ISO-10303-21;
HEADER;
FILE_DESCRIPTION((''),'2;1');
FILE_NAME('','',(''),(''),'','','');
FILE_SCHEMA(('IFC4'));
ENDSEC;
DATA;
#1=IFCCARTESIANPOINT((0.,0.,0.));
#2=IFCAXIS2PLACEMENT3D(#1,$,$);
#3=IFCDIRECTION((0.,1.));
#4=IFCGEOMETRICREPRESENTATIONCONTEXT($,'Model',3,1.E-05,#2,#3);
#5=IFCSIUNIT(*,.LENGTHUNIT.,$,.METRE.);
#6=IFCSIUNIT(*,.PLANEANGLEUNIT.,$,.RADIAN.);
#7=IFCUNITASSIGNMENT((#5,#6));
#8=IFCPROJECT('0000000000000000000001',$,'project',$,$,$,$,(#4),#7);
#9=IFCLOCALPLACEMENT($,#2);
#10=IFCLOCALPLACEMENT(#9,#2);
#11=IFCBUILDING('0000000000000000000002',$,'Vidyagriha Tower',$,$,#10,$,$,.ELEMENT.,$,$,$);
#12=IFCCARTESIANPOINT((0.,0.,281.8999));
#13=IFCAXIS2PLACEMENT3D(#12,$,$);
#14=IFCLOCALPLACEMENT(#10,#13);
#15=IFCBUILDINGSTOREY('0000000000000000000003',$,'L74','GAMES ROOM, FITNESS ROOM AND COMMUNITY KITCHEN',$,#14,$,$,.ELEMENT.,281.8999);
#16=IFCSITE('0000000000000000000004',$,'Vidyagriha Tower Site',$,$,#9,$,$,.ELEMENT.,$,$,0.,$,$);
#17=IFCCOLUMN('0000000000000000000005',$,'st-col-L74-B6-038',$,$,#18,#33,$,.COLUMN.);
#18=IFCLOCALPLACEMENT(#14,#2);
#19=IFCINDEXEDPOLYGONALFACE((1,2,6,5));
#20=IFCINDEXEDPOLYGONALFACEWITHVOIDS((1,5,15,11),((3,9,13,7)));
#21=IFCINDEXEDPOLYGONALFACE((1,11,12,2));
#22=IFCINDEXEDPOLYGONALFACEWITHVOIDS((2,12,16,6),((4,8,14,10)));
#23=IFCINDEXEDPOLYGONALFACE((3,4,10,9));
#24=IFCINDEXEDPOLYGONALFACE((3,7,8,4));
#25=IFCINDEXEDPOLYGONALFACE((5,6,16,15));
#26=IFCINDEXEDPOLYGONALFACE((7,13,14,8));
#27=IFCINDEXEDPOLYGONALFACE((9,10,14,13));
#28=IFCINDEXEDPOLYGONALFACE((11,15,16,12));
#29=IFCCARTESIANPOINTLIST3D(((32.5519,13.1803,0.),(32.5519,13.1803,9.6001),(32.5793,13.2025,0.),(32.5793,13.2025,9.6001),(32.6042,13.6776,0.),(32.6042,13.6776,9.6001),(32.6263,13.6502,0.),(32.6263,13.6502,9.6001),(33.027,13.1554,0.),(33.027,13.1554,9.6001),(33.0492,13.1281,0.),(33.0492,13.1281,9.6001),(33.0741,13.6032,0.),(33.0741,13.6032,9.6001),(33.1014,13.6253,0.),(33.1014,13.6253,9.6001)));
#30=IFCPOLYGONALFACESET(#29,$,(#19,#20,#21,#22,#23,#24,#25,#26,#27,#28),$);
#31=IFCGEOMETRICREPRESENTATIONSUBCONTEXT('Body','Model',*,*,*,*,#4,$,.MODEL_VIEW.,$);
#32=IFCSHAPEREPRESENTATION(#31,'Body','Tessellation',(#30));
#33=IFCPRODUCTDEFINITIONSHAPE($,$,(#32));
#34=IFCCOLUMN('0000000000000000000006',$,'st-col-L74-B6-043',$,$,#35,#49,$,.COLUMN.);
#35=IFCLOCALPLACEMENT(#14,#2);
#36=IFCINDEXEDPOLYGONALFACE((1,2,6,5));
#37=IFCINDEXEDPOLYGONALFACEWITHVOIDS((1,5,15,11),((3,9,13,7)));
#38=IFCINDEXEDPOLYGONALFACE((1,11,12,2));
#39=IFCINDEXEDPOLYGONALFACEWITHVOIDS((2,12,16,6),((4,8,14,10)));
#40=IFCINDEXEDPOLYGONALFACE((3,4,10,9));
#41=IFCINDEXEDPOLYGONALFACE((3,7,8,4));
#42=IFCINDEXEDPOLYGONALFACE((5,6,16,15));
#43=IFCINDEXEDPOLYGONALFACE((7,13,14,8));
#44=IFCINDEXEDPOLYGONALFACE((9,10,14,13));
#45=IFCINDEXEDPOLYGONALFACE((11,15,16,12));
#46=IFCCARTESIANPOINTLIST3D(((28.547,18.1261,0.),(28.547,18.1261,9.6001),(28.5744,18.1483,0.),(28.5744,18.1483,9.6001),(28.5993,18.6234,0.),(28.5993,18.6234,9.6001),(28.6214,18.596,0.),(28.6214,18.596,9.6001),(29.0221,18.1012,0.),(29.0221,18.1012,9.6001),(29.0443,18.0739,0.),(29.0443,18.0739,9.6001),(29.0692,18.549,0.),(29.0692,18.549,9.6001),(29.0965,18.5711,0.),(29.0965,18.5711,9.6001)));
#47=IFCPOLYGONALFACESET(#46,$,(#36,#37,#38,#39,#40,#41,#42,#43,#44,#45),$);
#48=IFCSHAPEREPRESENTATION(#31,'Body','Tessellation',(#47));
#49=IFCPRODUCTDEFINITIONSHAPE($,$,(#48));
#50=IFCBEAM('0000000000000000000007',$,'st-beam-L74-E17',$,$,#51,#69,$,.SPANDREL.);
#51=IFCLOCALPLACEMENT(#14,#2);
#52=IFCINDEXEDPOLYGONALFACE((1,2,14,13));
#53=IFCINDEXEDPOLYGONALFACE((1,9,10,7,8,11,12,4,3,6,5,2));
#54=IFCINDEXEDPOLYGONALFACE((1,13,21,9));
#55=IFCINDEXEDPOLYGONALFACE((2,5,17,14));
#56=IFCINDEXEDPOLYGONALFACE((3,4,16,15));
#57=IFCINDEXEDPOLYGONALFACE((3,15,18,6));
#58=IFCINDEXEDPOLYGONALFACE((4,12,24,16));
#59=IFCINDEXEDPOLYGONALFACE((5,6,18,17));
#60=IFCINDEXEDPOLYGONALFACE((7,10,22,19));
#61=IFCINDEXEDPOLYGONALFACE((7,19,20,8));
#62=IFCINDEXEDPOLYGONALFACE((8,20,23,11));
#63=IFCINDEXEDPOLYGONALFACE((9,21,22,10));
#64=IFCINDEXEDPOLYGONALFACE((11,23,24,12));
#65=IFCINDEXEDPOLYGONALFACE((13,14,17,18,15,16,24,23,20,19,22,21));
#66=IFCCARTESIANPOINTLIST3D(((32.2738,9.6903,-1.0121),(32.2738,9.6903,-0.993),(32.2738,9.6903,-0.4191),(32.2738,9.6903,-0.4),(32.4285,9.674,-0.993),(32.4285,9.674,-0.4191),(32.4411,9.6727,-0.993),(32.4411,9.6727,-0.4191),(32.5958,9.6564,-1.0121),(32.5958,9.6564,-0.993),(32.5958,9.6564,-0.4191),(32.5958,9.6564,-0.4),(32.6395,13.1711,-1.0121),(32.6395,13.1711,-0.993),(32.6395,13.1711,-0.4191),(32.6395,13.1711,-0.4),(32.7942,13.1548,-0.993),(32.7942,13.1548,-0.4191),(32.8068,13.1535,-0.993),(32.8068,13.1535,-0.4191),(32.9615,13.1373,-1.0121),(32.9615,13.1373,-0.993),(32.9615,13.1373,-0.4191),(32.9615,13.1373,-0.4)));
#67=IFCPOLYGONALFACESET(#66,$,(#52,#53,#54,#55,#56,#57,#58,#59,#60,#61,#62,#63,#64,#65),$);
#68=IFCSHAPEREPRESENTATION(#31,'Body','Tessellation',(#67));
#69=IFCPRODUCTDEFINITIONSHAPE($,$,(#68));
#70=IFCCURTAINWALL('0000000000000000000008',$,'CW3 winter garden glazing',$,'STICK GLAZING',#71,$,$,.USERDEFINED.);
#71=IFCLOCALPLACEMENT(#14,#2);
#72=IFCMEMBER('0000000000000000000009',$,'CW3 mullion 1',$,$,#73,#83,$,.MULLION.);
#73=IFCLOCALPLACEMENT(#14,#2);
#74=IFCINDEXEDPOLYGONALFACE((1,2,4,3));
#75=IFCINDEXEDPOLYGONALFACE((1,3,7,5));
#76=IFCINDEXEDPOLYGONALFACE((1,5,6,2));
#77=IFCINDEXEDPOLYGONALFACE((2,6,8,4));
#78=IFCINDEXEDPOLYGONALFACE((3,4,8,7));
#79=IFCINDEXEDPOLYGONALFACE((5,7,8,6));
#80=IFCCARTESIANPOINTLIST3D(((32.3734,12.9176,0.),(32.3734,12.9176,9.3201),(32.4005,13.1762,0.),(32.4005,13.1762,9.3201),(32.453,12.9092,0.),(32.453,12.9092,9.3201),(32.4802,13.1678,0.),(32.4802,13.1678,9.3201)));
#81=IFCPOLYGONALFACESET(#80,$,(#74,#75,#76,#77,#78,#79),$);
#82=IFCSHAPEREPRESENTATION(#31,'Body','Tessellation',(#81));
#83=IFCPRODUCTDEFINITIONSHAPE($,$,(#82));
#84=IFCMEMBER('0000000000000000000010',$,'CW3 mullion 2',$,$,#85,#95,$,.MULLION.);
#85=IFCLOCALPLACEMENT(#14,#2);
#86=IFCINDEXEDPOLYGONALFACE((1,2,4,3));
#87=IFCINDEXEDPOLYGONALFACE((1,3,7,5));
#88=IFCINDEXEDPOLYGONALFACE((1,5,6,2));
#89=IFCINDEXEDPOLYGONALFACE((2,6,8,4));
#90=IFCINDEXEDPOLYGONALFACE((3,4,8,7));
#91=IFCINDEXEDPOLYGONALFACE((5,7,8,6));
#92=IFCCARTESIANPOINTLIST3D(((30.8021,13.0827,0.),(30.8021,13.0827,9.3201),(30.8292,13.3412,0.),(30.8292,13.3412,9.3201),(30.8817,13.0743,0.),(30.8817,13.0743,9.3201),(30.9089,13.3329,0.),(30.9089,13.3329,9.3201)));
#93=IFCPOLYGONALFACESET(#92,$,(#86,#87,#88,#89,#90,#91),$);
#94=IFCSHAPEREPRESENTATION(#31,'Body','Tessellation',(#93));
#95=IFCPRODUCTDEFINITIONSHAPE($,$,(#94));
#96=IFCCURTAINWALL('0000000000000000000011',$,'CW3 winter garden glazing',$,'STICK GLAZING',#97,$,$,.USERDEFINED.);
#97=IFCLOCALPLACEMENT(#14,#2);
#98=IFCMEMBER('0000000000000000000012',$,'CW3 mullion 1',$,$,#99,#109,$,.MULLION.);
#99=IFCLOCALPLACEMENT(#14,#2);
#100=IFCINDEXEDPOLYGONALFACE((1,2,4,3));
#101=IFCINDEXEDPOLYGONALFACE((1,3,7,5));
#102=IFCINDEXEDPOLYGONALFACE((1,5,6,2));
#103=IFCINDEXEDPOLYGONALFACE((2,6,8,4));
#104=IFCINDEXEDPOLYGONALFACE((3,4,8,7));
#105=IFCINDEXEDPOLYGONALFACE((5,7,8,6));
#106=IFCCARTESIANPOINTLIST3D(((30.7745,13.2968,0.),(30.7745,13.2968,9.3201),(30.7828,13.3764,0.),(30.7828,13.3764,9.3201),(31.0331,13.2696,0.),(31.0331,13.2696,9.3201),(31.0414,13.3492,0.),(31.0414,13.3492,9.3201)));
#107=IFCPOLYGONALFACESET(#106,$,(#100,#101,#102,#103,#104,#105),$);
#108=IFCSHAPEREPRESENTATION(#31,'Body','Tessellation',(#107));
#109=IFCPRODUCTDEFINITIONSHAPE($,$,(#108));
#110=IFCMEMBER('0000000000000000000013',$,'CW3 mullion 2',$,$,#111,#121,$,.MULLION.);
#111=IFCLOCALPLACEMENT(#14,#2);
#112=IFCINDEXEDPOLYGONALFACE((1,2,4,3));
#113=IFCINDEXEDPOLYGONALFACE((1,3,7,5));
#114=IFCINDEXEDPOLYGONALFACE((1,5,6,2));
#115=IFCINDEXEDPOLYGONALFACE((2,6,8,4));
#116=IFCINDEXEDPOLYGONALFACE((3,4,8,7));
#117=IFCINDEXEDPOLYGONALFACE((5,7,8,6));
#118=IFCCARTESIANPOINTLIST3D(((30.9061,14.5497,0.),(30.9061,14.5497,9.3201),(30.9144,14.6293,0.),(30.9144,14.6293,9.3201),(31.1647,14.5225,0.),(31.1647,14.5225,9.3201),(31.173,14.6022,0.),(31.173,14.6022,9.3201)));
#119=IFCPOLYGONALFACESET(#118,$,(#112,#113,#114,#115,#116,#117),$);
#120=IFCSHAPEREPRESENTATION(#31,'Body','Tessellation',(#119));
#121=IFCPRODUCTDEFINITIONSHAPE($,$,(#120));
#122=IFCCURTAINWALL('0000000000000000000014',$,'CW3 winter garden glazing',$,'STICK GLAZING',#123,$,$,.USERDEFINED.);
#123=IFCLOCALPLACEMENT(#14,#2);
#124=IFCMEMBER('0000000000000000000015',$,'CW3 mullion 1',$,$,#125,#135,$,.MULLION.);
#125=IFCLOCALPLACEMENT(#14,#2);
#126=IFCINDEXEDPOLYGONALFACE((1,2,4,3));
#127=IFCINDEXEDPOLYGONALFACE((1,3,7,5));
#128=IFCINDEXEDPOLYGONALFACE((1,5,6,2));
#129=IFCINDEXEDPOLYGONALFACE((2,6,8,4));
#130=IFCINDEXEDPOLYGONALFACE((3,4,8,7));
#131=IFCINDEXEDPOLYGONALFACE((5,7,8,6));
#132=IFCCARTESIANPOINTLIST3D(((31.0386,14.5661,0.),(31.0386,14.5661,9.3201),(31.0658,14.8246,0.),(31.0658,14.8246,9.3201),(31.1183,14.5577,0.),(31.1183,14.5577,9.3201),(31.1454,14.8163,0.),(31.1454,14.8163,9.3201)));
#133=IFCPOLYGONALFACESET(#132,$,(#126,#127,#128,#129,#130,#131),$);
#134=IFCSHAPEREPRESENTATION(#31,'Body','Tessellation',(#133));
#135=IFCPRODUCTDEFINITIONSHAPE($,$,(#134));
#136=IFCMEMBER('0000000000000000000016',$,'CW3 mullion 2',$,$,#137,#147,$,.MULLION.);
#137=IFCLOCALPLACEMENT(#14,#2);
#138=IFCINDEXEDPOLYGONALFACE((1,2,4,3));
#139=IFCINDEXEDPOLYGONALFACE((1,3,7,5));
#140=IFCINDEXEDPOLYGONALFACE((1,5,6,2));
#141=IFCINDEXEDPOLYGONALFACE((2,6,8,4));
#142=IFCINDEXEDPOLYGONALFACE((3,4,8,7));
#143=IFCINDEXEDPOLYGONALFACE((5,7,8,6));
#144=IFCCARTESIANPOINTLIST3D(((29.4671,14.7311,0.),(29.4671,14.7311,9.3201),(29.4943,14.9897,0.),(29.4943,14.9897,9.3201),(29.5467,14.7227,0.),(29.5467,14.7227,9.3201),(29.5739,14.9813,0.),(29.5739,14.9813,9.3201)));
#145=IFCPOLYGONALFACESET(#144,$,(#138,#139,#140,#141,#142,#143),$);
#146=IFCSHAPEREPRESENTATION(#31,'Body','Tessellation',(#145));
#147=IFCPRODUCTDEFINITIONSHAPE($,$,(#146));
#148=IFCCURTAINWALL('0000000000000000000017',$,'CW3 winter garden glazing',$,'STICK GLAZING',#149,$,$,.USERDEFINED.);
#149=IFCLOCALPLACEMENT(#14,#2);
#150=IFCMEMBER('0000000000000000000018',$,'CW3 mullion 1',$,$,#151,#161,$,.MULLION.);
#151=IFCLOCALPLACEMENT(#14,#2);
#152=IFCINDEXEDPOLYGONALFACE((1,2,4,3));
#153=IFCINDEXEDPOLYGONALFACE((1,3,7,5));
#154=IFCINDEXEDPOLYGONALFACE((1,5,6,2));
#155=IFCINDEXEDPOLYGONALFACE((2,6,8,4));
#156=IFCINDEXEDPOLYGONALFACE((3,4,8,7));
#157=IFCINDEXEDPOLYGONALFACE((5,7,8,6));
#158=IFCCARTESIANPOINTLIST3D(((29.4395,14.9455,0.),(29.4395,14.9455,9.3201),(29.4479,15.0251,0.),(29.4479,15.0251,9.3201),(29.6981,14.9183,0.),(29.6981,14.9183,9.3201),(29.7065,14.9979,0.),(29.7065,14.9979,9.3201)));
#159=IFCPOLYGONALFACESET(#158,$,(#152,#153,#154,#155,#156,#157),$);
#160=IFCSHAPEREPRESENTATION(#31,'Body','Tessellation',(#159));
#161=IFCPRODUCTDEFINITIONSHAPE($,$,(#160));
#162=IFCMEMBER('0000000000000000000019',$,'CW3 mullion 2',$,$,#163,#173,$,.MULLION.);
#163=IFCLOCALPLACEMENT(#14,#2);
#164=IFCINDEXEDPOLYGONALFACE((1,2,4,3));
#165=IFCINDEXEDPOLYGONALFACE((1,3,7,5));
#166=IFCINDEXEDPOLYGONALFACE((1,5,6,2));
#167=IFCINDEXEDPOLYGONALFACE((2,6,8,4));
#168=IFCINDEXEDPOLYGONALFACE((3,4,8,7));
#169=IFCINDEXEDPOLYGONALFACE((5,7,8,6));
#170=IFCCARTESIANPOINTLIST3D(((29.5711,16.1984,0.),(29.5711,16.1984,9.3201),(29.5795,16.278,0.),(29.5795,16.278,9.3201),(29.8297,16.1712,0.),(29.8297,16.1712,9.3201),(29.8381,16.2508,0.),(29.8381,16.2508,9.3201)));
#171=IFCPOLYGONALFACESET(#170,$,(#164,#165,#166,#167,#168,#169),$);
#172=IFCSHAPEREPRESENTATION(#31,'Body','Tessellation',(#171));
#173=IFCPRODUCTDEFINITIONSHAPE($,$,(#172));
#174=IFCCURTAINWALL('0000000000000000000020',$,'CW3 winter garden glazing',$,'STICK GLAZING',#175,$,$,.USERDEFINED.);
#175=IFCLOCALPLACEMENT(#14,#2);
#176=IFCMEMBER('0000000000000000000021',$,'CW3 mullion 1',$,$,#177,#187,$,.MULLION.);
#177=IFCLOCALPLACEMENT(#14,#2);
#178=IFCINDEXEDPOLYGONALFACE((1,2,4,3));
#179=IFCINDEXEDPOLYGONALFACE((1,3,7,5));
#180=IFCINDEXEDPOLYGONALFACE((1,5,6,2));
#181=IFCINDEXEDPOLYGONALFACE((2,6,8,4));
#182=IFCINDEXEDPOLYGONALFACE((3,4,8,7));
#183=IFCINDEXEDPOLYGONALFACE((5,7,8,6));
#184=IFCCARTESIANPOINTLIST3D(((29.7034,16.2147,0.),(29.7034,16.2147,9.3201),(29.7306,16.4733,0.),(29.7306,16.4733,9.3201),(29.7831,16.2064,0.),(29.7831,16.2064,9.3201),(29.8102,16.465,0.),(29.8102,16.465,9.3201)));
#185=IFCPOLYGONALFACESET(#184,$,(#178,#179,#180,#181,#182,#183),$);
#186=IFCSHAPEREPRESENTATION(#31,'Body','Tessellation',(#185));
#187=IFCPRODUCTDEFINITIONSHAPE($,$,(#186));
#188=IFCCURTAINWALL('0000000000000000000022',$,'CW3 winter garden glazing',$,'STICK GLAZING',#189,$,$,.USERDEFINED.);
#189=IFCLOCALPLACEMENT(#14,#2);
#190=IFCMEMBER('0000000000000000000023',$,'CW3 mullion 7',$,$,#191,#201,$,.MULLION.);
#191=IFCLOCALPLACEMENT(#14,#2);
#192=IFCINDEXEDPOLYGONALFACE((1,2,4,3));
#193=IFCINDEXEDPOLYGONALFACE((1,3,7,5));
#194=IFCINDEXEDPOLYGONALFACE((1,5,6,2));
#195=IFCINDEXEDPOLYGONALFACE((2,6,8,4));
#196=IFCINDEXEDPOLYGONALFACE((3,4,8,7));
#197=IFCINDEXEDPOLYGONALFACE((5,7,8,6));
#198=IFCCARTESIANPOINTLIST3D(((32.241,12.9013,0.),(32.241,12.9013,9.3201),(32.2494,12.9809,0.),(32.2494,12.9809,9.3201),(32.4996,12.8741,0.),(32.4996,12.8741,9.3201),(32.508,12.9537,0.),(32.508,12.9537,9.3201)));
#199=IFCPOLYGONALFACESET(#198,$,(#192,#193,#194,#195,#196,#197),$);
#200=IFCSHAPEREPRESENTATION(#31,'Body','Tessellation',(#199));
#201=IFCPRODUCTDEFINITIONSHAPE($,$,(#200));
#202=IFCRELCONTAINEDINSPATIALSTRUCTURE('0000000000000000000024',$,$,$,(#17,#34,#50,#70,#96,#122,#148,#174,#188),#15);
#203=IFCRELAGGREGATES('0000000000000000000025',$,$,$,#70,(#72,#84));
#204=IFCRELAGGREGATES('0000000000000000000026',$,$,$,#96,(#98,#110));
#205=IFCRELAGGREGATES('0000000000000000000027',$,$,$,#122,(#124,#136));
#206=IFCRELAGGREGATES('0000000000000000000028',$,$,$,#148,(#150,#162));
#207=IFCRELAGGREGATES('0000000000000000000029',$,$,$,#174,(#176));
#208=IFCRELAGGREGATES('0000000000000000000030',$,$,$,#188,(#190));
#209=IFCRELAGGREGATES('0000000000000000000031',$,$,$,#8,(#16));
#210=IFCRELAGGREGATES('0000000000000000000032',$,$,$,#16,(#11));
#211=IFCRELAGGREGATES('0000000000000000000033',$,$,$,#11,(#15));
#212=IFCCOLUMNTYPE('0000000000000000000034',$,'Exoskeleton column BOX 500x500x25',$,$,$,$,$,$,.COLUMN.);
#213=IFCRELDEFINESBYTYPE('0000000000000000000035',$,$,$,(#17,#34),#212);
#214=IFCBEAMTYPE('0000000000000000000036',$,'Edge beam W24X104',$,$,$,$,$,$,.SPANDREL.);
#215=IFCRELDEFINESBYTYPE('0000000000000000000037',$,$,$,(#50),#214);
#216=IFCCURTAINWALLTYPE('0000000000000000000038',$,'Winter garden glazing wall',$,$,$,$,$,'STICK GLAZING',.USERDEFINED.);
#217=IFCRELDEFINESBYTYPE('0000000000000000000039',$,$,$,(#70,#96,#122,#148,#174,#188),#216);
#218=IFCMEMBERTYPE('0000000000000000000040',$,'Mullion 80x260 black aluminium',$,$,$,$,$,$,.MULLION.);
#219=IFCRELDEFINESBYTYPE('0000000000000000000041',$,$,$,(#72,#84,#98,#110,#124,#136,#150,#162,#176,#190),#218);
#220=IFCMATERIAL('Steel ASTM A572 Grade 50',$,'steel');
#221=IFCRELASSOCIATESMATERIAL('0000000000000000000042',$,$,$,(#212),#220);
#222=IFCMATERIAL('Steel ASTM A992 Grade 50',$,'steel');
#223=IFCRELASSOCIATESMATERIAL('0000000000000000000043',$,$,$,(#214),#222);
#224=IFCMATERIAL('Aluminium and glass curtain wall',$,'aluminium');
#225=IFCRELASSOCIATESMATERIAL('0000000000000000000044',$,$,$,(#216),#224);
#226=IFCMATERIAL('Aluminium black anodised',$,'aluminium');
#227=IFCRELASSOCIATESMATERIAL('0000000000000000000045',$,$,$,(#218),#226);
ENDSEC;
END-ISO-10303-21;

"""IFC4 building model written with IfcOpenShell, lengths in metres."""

from ifc_helpers import new_model, si_unit, direction, frame, origin, origin_2d, place, context, subcontext, project, spatial, rectangle, hollow_rectangle, i_section, extrude, material, material_profile, profile_set, type_object, element, aggregate, save


model = new_model("IFC4")

# Units and contexts
model_context = context("Model", 3, precision=1e-05, world=origin(), true_north=direction((0.0, 1.0)))
body_context = subcontext(model_context, "Body", "Model", "MODEL_VIEW")
ifc_project = project(units=[si_unit("LENGTHUNIT", "METRE"), si_unit("PLANEANGLEUNIT", "RADIAN")], contexts=[model_context])

# Site, building, storey
site_placement = place(None, origin())
site = spatial("IfcSite", under=ifc_project, at=site_placement, Name="Vidyagriha Tower Site", CompositionType="ELEMENT", RefElevation=0.0)
building_placement = place(site_placement, origin())
building = spatial("IfcBuilding", under=site, at=building_placement, Name="Vidyagriha Tower", CompositionType="ELEMENT")
storey_placement = place(building_placement, frame((0.0, 0.0, 281.8999)))
storey = spatial("IfcBuildingStorey", under=building, at=storey_placement, Name="L74", Description="GAMES ROOM, FITNESS ROOM AND COMMUNITY KITCHEN", CompositionType="ELEMENT", Elevation=281.8999)

# Columns
ifc_material_1 = material(Name="Steel ASTM A572 Grade 50", Category="steel")
ifc_material_profile_1 = material_profile(ifc_material_1, hollow_rectangle(XDim=0.5, YDim=0.5, WallThickness=0.0249, at=origin_2d()), Name="BOX 500x500x25")
ifc_profile_set_1 = profile_set([ifc_material_profile_1], Name="Steel ASTM A572 Grade 50")
column_type = type_object("IfcColumnType", Name="Exoskeleton column BOX 500x500x25", PredefinedType="COLUMN", material=ifc_profile_set_1)
for number, where, z_axis, x_axis, name in (
    (1, (32.8267, 13.4028, 0.0), (0.0, 0.0, 1.0), (0.994522, -0.104528, 0.0), "st-col-L74-B6-038"),
    (2, (28.8218, 18.3486, 0.0), (0.0, 0.0, 1.0), (0.994522, -0.104528, 0.0), "st-col-L74-B6-043"),
):
    element("IfcColumn", number, at=place(storey_placement, frame(where, z_axis=z_axis, x_axis=x_axis)), inside=storey, type_object=column_type, Name=name, PredefinedType="COLUMN", context=body_context, shape_type="SweptSolid", body=[
        extrude(hollow_rectangle(XDim=0.5, YDim=0.5, WallThickness=0.0249, at=origin_2d()), origin(), (0.0, 0.0, 1.0), 9.6001),
    ])

# Beam
ifc_material_2 = material(Name="Steel ASTM A992 Grade 50", Category="steel")
ifc_material_profile_2 = material_profile(ifc_material_2, i_section(OverallWidth=0.3237, OverallDepth=0.6121, WebThickness=0.0127, FlangeThickness=0.019, at=origin_2d()), Name="W24X104")
ifc_profile_set_2 = profile_set([ifc_material_profile_2], Name="Steel ASTM A992 Grade 50")
beam_type = type_object("IfcBeamType", Name="Edge beam W24X104", PredefinedType="SPANDREL", material=ifc_profile_set_2)
beam_placement = place(storey_placement, frame((32.4348, 9.6733, -0.7061), z_axis=(0.104489, 0.994526, 0.0), x_axis=(-0.994526, 0.104489, 0.0)))
element("IfcBeam", 3, at=beam_placement, inside=storey, type_object=beam_type, Name="st-beam-L74-E17", PredefinedType="SPANDREL", context=body_context, shape_type="SweptSolid", body=[
    extrude(i_section(OverallWidth=0.3237, OverallDepth=0.6121, WebThickness=0.0127, FlangeThickness=0.019, at=origin_2d()), origin(), (0.0, 0.0, 1.0), 3.5),
])

# Curtain walls, members
ifc_material_3 = material(Name="Aluminium and glass curtain wall", Category="aluminium")
curtain_wall_type = type_object("IfcCurtainWallType", Name="Winter garden glazing wall", ElementType="STICK GLAZING", PredefinedType="USERDEFINED", material=ifc_material_3)
curtain_wall_1_placement = place(storey_placement, origin())
curtain_wall_1 = element("IfcCurtainWall", 4, at=curtain_wall_1_placement, inside=storey, type_object=curtain_wall_type, Name="CW3 winter garden glazing", ObjectType="STICK GLAZING", PredefinedType="USERDEFINED")
ifc_material_4 = material(Name="Aluminium black anodised", Category="aluminium")
ifc_material_profile_3 = material_profile(ifc_material_4, rectangle(XDim=0.26, YDim=0.0801, at=origin_2d()), Name="Mullion 80x260 black aluminium")
ifc_profile_set_3 = profile_set([ifc_material_profile_3], Name="Aluminium black anodised")
member_type_1 = type_object("IfcMemberType", Name="Mullion 80x260 black aluminium", PredefinedType="MULLION", material=ifc_profile_set_3)
member_1_placement = place(storey_placement, frame((32.4268, 13.0427, 0.0), z_axis=(0.0, 0.0, 1.0), x_axis=(-0.104465, -0.994529, 0.0)))
member_1 = element("IfcMember", 5, at=member_1_placement, type_object=member_type_1, Name="CW3 mullion 1", PredefinedType="MULLION", context=body_context, shape_type="SweptSolid", body=[
    extrude(rectangle(XDim=0.26, YDim=0.0801, at=origin_2d()), origin(), (0.0, 0.0, 1.0), 9.3201),
])
member_2_placement = place(storey_placement, frame((30.8555, 13.2078, 0.0), z_axis=(0.0, 0.0, 1.0), x_axis=(-0.104465, -0.994529, 0.0)))
member_2 = element("IfcMember", 6, at=member_2_placement, type_object=member_type_1, Name="CW3 mullion 2", PredefinedType="MULLION", context=body_context, shape_type="SweptSolid", body=[
    extrude(rectangle(XDim=0.26, YDim=0.0801, at=origin_2d()), origin(), (0.0, 0.0, 1.0), 9.3201),
])
curtain_wall_2_placement = place(storey_placement, origin())
curtain_wall_2 = element("IfcCurtainWall", 7, at=curtain_wall_2_placement, inside=storey, type_object=curtain_wall_type, Name="CW3 winter garden glazing", ObjectType="STICK GLAZING", PredefinedType="USERDEFINED")
member_3_placement = place(storey_placement, frame((30.908, 13.323, 0.0), z_axis=(0.0, 0.0, 1.0), x_axis=(-0.994528, 0.104475, 0.0)))
member_3 = element("IfcMember", 8, at=member_3_placement, type_object=member_type_1, Name="CW3 mullion 1", PredefinedType="MULLION", context=body_context, shape_type="SweptSolid", body=[
    extrude(rectangle(XDim=0.26, YDim=0.0801, at=origin_2d()), origin(), (0.0, 0.0, 1.0), 9.3201),
])
member_4_placement = place(storey_placement, frame((31.0396, 14.5759, 0.0), z_axis=(0.0, 0.0, 1.0), x_axis=(-0.994528, 0.104475, 0.0)))
member_4 = element("IfcMember", 9, at=member_4_placement, type_object=member_type_1, Name="CW3 mullion 2", PredefinedType="MULLION", context=body_context, shape_type="SweptSolid", body=[
    extrude(rectangle(XDim=0.26, YDim=0.0801, at=origin_2d()), origin(), (0.0, 0.0, 1.0), 9.3201),
])
curtain_wall_3_placement = place(storey_placement, origin())
curtain_wall_3 = element("IfcCurtainWall", 10, at=curtain_wall_3_placement, inside=storey, type_object=curtain_wall_type, Name="CW3 winter garden glazing", ObjectType="STICK GLAZING", PredefinedType="USERDEFINED")
member_5_placement = place(storey_placement, frame((31.092, 14.6912, 0.0), z_axis=(0.0, 0.0, 1.0), x_axis=(-0.104519, -0.994523, 0.0)))
member_5 = element("IfcMember", 11, at=member_5_placement, type_object=member_type_1, Name="CW3 mullion 1", PredefinedType="MULLION", context=body_context, shape_type="SweptSolid", body=[
    extrude(rectangle(XDim=0.26, YDim=0.0801, at=origin_2d()), origin(), (0.0, 0.0, 1.0), 9.3201),
])
member_6_placement = place(storey_placement, frame((29.5205, 14.8562, 0.0), z_axis=(0.0, 0.0, 1.0), x_axis=(-0.104519, -0.994523, 0.0)))
member_6 = element("IfcMember", 12, at=member_6_placement, type_object=member_type_1, Name="CW3 mullion 2", PredefinedType="MULLION", context=body_context, shape_type="SweptSolid", body=[
    extrude(rectangle(XDim=0.26, YDim=0.0801, at=origin_2d()), origin(), (0.0, 0.0, 1.0), 9.3201),
])
curtain_wall_4_placement = place(storey_placement, origin())
curtain_wall_4 = element("IfcCurtainWall", 13, at=curtain_wall_4_placement, inside=storey, type_object=curtain_wall_type, Name="CW3 winter garden glazing", ObjectType="STICK GLAZING", PredefinedType="USERDEFINED")
member_7_placement = place(storey_placement, frame((29.573, 14.9717, 0.0), z_axis=(0.0, 0.0, 1.0), x_axis=(-0.994519, 0.104557, 0.0)))
member_7 = element("IfcMember", 14, at=member_7_placement, type_object=member_type_1, Name="CW3 mullion 1", PredefinedType="MULLION", context=body_context, shape_type="SweptSolid", body=[
    extrude(rectangle(XDim=0.26, YDim=0.0801, at=origin_2d()), origin(), (0.0, 0.0, 1.0), 9.3201),
])
member_8_placement = place(storey_placement, frame((29.7046, 16.2246, 0.0), z_axis=(0.0, 0.0, 1.0), x_axis=(-0.994519, 0.104557, 0.0)))
member_8 = element("IfcMember", 15, at=member_8_placement, type_object=member_type_1, Name="CW3 mullion 2", PredefinedType="MULLION", context=body_context, shape_type="SweptSolid", body=[
    extrude(rectangle(XDim=0.26, YDim=0.0801, at=origin_2d()), origin(), (0.0, 0.0, 1.0), 9.3201),
])

# Curtain walls, members
curtain_wall_5_placement = place(storey_placement, origin())
curtain_wall_5 = element("IfcCurtainWall", 16, at=curtain_wall_5_placement, inside=storey, type_object=curtain_wall_type, Name="CW3 winter garden glazing", ObjectType="STICK GLAZING", PredefinedType="USERDEFINED")
member_9_placement = place(storey_placement, frame((29.7568, 16.3398, 0.0), z_axis=(0.0, 0.0, 1.0), x_axis=(-0.104519, -0.994523, 0.0)))
member_9 = element("IfcMember", 17, at=member_9_placement, type_object=member_type_1, Name="CW3 mullion 1", PredefinedType="MULLION", context=body_context, shape_type="SweptSolid", body=[
    extrude(rectangle(XDim=0.26, YDim=0.0801, at=origin_2d()), origin(), (0.0, 0.0, 1.0), 9.3201),
])
curtain_wall_6_placement = place(storey_placement, origin())
curtain_wall_6 = element("IfcCurtainWall", 18, at=curtain_wall_6_placement, inside=storey, type_object=curtain_wall_type, Name="CW3 winter garden glazing", ObjectType="STICK GLAZING", PredefinedType="USERDEFINED")
member_10_placement = place(storey_placement, frame((32.3745, 12.9275, 0.0), z_axis=(0.0, 0.0, 1.0), x_axis=(-0.994522, 0.104527, 0.0)))
member_10 = element("IfcMember", 19, at=member_10_placement, type_object=member_type_1, Name="CW3 mullion 7", PredefinedType="MULLION", context=body_context, shape_type="SweptSolid", body=[
    extrude(rectangle(XDim=0.26, YDim=0.0801, at=origin_2d()), origin(), (0.0, 0.0, 1.0), 9.3201),
])

aggregate(curtain_wall_1, [member_1, member_2])
aggregate(curtain_wall_2, [member_3, member_4])
aggregate(curtain_wall_3, [member_5, member_6])
aggregate(curtain_wall_4, [member_7, member_8])
aggregate(curtain_wall_5, [member_9])
aggregate(curtain_wall_6, [member_10])

save(model, "model.ifc")
